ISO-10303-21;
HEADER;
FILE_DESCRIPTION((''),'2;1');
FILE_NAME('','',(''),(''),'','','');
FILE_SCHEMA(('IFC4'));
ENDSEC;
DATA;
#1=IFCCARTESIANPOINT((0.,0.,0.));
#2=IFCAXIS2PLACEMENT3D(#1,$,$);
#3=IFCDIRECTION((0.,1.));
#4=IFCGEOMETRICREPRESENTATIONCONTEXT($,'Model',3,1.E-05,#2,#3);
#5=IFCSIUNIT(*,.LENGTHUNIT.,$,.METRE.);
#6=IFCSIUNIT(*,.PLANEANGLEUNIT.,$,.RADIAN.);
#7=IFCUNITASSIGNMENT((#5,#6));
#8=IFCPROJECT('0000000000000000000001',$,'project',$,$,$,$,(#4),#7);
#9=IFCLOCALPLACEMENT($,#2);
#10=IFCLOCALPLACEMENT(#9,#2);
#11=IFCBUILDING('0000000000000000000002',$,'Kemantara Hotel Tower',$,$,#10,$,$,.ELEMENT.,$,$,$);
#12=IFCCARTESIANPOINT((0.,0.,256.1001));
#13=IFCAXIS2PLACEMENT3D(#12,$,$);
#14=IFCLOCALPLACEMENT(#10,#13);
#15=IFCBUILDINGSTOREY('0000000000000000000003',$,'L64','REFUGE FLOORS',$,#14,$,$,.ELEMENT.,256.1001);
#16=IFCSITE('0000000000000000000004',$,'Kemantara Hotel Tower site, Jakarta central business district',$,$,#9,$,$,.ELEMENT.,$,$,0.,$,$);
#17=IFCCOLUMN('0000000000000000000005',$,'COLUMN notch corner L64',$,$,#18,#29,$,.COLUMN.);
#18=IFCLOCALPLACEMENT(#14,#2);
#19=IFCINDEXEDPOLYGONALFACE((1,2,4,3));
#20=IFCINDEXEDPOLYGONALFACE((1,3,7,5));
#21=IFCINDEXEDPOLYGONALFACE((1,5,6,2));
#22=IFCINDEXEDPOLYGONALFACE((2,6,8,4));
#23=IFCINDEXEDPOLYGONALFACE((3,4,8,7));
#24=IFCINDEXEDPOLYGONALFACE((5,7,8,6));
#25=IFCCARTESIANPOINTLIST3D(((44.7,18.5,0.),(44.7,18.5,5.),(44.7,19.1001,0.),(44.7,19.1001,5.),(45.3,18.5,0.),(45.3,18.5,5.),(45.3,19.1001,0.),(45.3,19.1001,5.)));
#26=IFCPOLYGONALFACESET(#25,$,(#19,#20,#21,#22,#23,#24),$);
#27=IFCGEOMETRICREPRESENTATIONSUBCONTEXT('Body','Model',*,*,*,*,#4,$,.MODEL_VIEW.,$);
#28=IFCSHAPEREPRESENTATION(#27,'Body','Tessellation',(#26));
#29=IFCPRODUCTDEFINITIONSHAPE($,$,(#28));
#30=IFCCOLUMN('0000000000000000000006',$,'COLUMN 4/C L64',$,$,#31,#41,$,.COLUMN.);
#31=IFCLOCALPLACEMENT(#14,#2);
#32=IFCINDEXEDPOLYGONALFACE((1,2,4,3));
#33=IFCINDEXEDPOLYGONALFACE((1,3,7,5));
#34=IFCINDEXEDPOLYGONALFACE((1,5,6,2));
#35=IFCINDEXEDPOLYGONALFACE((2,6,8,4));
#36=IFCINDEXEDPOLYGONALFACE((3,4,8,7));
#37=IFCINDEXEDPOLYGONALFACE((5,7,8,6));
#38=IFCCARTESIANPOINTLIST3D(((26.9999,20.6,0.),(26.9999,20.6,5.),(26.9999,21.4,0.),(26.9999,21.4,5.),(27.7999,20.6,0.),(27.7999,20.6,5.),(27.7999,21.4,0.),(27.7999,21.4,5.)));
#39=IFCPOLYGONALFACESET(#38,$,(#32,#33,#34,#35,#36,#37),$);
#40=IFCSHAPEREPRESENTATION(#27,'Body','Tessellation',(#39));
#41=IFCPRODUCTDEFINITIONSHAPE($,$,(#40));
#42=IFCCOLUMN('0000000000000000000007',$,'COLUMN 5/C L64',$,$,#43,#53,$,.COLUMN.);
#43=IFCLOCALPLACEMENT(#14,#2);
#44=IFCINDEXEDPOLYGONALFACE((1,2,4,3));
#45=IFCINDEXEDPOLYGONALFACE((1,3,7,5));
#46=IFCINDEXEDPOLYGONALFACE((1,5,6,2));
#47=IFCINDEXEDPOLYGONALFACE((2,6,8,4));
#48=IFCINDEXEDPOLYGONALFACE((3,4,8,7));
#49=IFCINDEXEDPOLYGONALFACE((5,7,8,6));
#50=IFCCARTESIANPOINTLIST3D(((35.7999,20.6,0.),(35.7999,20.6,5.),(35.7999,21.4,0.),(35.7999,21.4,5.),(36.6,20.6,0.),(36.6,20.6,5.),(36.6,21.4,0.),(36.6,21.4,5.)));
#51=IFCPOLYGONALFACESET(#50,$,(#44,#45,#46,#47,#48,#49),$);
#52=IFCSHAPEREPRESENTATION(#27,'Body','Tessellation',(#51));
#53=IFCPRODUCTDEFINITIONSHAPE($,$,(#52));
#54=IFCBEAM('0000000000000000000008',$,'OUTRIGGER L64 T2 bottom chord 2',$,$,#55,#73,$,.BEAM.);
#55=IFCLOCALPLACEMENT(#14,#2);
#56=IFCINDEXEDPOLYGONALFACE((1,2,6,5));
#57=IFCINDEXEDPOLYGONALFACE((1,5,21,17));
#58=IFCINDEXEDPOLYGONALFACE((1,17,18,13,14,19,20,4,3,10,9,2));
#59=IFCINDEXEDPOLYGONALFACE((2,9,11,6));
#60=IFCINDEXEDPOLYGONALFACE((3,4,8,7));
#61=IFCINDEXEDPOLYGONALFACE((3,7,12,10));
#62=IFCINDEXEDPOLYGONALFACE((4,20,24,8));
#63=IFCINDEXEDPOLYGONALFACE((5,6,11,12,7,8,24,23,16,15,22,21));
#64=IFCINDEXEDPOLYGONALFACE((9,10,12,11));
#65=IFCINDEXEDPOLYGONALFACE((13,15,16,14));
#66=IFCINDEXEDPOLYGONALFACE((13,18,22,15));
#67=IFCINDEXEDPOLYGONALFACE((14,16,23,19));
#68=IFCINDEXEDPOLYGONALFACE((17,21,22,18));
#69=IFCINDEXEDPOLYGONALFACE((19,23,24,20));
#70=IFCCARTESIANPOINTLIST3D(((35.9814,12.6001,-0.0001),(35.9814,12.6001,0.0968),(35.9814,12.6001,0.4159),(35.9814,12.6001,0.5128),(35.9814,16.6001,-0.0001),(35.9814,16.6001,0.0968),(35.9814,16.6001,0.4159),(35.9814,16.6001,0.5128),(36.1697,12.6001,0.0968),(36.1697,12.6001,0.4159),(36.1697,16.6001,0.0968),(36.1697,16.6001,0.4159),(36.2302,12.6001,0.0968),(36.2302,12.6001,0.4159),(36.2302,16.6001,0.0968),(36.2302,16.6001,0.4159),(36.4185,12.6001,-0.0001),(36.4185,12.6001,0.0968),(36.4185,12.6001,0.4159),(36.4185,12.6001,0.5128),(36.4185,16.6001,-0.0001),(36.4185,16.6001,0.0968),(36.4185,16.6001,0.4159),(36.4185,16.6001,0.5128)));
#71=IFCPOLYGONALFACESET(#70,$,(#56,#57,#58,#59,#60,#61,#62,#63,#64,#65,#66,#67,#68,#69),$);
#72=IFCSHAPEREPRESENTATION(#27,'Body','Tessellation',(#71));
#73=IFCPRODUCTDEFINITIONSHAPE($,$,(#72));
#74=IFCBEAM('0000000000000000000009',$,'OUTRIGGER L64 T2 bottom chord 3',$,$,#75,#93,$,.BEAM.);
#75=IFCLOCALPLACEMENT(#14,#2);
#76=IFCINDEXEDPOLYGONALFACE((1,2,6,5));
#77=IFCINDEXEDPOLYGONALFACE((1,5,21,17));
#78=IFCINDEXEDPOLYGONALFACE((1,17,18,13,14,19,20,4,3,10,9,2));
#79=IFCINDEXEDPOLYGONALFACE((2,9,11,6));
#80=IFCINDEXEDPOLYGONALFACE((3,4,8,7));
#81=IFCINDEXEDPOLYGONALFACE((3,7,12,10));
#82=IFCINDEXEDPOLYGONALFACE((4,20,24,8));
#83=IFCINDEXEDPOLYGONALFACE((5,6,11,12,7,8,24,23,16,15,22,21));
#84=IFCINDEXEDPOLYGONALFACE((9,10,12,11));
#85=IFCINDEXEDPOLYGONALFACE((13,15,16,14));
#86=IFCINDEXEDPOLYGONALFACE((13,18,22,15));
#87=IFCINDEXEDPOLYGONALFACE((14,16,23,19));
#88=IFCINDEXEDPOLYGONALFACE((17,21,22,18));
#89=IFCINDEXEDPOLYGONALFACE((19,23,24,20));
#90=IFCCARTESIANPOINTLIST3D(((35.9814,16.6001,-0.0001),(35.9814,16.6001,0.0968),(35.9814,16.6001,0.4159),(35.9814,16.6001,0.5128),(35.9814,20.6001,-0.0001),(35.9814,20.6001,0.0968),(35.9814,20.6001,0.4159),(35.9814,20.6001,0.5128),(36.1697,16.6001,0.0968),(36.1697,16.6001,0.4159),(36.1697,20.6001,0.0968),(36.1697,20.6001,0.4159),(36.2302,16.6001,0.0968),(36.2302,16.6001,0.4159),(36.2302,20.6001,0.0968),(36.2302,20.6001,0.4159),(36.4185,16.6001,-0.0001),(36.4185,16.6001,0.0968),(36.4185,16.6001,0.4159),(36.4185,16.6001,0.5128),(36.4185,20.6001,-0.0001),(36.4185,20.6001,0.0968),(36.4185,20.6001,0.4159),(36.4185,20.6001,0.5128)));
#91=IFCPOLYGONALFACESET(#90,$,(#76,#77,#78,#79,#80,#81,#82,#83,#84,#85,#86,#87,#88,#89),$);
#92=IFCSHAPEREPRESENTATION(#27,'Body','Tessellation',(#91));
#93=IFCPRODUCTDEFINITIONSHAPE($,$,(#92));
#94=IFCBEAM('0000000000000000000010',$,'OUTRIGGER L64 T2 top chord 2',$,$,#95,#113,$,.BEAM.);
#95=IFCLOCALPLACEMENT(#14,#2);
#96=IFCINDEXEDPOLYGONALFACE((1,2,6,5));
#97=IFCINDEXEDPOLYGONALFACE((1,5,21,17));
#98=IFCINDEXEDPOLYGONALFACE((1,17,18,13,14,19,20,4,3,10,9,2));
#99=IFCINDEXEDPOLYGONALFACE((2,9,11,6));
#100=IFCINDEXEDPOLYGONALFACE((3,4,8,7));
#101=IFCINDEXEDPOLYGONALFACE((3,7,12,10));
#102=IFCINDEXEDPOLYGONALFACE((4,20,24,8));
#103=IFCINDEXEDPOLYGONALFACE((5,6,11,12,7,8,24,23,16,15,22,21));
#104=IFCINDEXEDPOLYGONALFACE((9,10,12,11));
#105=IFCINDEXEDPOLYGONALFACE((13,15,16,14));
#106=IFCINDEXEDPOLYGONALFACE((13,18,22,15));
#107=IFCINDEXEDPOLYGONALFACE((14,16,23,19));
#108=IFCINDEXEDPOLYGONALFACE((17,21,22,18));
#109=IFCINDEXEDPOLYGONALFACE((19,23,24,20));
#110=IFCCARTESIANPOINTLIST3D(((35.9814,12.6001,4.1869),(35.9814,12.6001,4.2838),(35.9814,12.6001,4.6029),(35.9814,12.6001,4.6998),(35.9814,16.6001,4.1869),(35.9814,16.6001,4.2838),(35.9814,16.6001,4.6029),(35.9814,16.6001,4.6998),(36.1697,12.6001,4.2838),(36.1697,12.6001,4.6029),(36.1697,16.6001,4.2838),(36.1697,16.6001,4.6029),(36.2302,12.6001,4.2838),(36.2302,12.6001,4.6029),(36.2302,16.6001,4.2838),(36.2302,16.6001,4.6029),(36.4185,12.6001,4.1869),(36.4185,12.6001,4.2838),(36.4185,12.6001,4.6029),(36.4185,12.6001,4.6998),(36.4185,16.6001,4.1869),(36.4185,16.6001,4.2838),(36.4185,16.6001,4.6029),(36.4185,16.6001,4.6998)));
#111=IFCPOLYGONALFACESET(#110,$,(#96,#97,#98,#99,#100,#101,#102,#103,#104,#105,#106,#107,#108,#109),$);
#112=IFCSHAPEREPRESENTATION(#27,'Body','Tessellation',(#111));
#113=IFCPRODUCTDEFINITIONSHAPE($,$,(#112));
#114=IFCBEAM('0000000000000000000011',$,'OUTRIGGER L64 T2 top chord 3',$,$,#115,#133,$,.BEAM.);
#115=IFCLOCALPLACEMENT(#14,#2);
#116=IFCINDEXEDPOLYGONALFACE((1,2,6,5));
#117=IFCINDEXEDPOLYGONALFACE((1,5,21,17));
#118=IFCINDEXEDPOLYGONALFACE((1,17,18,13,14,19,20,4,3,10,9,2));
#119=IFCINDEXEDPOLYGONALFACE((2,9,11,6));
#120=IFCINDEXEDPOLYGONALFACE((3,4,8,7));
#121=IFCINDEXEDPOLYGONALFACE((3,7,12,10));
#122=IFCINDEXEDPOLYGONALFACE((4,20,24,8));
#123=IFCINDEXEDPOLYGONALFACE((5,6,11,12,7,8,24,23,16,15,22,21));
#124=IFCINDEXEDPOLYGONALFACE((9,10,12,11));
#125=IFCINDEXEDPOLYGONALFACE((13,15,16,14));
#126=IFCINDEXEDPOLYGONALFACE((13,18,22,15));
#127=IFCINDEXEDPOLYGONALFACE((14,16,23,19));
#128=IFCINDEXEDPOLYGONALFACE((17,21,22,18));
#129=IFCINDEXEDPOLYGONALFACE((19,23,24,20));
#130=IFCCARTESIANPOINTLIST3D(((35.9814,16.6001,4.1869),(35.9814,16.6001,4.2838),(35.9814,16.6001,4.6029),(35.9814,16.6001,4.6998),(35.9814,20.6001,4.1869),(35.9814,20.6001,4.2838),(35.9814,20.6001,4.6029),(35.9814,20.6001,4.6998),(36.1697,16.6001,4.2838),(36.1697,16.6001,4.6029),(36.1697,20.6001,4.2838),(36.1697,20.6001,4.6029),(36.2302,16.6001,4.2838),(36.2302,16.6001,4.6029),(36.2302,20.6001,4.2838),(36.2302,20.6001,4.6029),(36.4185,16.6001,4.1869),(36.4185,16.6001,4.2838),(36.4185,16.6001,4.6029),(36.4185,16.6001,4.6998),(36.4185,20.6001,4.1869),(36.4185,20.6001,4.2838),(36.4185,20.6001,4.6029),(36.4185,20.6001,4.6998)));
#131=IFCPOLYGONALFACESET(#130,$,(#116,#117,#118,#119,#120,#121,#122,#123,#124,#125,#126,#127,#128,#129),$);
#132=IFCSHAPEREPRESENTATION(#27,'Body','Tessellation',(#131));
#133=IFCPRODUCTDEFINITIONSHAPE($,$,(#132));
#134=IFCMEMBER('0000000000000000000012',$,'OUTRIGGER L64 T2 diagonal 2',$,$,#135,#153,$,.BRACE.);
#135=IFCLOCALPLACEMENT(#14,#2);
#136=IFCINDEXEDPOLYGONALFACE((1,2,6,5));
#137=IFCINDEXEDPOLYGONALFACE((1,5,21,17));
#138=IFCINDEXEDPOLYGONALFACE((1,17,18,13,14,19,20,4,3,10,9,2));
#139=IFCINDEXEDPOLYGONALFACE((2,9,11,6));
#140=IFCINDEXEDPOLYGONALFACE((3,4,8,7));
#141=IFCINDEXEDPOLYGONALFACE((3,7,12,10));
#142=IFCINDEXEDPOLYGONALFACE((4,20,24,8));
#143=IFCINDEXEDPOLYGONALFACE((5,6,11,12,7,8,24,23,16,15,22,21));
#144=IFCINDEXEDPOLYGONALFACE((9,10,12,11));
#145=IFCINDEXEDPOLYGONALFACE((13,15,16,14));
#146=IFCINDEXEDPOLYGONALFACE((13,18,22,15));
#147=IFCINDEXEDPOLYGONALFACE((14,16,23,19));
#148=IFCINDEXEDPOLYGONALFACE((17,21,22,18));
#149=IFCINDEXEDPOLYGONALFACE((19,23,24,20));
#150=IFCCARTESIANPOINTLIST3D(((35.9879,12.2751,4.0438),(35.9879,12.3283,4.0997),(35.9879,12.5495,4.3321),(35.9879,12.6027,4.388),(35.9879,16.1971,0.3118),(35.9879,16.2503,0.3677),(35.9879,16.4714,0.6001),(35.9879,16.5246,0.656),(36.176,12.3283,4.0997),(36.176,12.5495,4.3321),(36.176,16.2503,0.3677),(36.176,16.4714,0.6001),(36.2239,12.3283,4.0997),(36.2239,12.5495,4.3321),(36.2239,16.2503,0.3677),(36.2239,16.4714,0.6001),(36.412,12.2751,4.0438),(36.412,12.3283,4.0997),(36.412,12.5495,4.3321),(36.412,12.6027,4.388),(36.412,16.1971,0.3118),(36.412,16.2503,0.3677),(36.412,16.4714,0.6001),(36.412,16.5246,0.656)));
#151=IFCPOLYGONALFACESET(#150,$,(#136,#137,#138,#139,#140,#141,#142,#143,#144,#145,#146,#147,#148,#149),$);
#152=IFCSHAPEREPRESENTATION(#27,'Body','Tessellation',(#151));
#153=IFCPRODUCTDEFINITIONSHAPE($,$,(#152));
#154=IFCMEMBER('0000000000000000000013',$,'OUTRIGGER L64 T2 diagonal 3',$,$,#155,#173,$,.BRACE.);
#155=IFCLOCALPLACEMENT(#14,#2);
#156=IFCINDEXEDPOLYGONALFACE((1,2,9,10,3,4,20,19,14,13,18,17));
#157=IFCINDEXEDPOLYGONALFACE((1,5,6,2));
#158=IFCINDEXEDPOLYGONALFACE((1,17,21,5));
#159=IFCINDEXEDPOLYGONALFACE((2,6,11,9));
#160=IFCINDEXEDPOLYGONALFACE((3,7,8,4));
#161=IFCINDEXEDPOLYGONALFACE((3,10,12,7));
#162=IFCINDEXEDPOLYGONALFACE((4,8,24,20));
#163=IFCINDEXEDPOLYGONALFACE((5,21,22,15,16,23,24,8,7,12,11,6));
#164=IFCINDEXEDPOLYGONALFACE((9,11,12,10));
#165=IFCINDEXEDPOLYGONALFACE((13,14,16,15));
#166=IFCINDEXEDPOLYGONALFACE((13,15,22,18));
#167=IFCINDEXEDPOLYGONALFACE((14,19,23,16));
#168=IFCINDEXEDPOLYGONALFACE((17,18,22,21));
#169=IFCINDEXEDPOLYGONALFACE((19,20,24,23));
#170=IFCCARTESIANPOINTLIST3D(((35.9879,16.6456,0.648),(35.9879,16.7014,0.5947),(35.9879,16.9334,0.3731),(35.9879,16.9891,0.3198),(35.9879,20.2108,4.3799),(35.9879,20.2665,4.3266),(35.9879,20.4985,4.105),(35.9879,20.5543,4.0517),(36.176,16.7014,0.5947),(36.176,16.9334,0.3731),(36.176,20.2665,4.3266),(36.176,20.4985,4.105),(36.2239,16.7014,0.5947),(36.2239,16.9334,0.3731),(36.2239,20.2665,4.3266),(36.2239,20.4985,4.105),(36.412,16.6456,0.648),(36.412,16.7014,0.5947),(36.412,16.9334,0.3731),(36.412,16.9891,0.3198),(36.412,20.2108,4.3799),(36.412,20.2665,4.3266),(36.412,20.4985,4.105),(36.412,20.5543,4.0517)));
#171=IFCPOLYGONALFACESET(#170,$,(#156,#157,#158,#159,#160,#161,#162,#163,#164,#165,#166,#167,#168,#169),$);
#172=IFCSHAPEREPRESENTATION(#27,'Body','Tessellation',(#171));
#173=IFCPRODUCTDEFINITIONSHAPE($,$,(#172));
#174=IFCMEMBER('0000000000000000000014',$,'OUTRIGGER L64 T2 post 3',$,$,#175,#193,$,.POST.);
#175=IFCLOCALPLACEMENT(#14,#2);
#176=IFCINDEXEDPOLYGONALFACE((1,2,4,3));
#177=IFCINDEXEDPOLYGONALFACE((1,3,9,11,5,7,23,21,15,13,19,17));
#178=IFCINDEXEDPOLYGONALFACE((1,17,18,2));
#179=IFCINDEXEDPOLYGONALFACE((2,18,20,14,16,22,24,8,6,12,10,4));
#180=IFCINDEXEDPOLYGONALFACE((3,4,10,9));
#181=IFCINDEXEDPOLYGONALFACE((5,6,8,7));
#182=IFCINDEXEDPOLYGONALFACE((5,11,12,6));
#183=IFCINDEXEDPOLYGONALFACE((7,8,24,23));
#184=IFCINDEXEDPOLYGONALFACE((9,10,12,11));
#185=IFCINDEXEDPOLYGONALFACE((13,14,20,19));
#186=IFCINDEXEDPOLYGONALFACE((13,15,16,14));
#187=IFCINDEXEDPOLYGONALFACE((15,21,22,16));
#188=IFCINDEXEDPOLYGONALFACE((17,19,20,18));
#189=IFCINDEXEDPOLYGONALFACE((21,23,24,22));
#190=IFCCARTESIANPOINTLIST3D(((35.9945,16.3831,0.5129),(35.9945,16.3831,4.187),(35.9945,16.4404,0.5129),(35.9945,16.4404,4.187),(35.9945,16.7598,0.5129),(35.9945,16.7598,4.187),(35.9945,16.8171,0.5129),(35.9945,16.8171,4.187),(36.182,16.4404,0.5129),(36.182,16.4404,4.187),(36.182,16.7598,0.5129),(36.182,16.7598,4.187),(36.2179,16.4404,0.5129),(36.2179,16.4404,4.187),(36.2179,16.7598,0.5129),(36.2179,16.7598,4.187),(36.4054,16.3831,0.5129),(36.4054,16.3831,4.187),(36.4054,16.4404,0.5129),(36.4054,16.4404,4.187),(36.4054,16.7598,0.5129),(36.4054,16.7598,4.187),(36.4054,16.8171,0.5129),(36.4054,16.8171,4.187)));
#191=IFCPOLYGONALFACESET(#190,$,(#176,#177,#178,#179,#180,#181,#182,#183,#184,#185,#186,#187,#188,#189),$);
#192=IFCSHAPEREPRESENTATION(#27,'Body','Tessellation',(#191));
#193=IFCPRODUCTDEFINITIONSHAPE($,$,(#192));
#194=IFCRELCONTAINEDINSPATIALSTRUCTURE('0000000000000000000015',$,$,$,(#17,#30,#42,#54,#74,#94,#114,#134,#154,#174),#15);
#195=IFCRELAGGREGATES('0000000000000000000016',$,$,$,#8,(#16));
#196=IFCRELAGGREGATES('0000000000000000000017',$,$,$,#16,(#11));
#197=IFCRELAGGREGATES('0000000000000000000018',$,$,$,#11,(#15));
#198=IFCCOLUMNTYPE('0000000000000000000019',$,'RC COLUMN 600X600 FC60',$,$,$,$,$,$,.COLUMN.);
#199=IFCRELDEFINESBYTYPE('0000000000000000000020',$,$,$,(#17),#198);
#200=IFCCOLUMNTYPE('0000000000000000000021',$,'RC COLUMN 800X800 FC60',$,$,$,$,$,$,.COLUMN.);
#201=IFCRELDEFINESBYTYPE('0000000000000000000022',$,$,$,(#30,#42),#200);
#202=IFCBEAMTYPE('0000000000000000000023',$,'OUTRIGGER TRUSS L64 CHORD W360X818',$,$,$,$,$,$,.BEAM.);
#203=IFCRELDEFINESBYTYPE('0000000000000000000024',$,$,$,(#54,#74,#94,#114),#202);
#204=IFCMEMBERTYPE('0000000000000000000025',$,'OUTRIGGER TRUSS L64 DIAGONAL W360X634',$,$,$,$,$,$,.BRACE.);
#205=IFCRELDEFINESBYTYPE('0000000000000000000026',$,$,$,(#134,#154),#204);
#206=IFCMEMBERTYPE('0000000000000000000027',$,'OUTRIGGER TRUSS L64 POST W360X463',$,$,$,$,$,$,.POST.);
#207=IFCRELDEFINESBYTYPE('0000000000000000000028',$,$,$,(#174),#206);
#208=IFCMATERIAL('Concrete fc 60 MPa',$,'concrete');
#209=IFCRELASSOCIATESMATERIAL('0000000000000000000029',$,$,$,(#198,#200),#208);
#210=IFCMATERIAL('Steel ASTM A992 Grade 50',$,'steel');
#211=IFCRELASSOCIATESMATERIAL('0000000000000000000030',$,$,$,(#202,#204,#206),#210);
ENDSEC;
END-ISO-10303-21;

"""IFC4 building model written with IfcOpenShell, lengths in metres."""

from ifc_helpers import new_model, si_unit, direction, frame, origin, origin_2d, place, context, subcontext, project, spatial, rectangle, i_section, extrude, material, material_profile, profile_set, type_object, element, save


model = new_model("IFC4")

# Units and contexts
model_context = context("Model", 3, precision=1e-05, world=origin(), true_north=direction((0.0, 1.0)))
body_context = subcontext(model_context, "Body", "Model", "MODEL_VIEW")
ifc_project = project(units=[si_unit("LENGTHUNIT", "METRE"), si_unit("PLANEANGLEUNIT", "RADIAN")], contexts=[model_context])

# Site, building, storey
site_placement = place(None, origin())
site = spatial("IfcSite", under=ifc_project, at=site_placement, Name="Kemantara Hotel Tower site, Jakarta central business district", CompositionType="ELEMENT", RefElevation=0.0)
building_placement = place(site_placement, origin())
building = spatial("IfcBuilding", under=site, at=building_placement, Name="Kemantara Hotel Tower", CompositionType="ELEMENT")
storey_placement = place(building_placement, frame((0.0, 0.0, 256.1001)))
storey = spatial("IfcBuildingStorey", under=building, at=storey_placement, Name="L64", Description="REFUGE FLOORS", CompositionType="ELEMENT", Elevation=256.1001)

# Columns
ifc_material_1 = material(Name="Concrete fc 60 MPa", Category="concrete")
ifc_material_profile_1 = material_profile(ifc_material_1, rectangle(XDim=0.6001, YDim=0.6001, at=origin_2d()), Name="RC 600X600")
ifc_profile_set_1 = profile_set([ifc_material_profile_1], Name="Concrete fc 60 MPa")
column_type_1 = type_object("IfcColumnType", Name="RC COLUMN 600X600 FC60", PredefinedType="COLUMN", material=ifc_profile_set_1)
column_placement = place(storey_placement, frame((45.0, 18.8, 0.0), z_axis=(0.0, 0.0, 1.0), x_axis=(1.0, 0.0, 0.0)))
element("IfcColumn", 1, at=column_placement, inside=storey, type_object=column_type_1, Name="COLUMN notch corner L64", PredefinedType="COLUMN", context=body_context, shape_type="SweptSolid", body=[
    extrude(rectangle(XDim=0.6001, YDim=0.6001, at=origin_2d()), origin(), (0.0, 0.0, 1.0), 5.0),
])
ifc_material_profile_2 = material_profile(ifc_material_1, rectangle(XDim=0.8, YDim=0.8, at=origin_2d()), Name="RC 800X800")
ifc_profile_set_2 = profile_set([ifc_material_profile_2], Name="Concrete fc 60 MPa")
column_type_2 = type_object("IfcColumnType", Name="RC COLUMN 800X800 FC60", PredefinedType="COLUMN", material=ifc_profile_set_2)
for number, where, z_axis, x_axis, name in (
    (2, (27.3999, 21.0, 0.0), (0.0, 0.0, 1.0), (1.0, 0.0, 0.0), "COLUMN 4/C L64"),
    (3, (36.2, 21.0, 0.0), (0.0, 0.0, 1.0), (1.0, 0.0, 0.0), "COLUMN 5/C L64"),
):
    element("IfcColumn", number, at=place(storey_placement, frame(where, z_axis=z_axis, x_axis=x_axis)), inside=storey, type_object=column_type_2, Name=name, PredefinedType="COLUMN", context=body_context, shape_type="SweptSolid", body=[
        extrude(rectangle(XDim=0.8, YDim=0.8, at=origin_2d()), origin(), (0.0, 0.0, 1.0), 5.0),
    ])

# Beams
ifc_material_2 = material(Name="Steel ASTM A992 Grade 50", Category="steel")
ifc_material_profile_3 = material_profile(ifc_material_2, i_section(OverallWidth=0.437, OverallDepth=0.5129, WebThickness=0.0605, FlangeThickness=0.0969, at=origin_2d()), Name="W360X818")
ifc_profile_set_3 = profile_set([ifc_material_profile_3], Name="Steel ASTM A992 Grade 50")
beam_type = type_object("IfcBeamType", Name="OUTRIGGER TRUSS L64 CHORD W360X818", PredefinedType="BEAM", material=ifc_profile_set_3)
for number, where, z_axis, x_axis, name in (
    (4, (36.2, 12.6001, 0.2563), (0.0, 1.0, 0.0), (-1.0, 0.0, 0.0), "OUTRIGGER L64 T2 bottom chord 2"),
    (5, (36.2, 16.6001, 0.2563), (0.0, 1.0, 0.0), (-1.0, 0.0, 0.0), "OUTRIGGER L64 T2 bottom chord 3"),
    (6, (36.2, 12.6001, 4.4434), (0.0, 1.0, 0.0), (-1.0, 0.0, 0.0), "OUTRIGGER L64 T2 top chord 2"),
    (7, (36.2, 16.6001, 4.4434), (0.0, 1.0, 0.0), (-1.0, 0.0, 0.0), "OUTRIGGER L64 T2 top chord 3"),
):
    element("IfcBeam", number, at=place(storey_placement, frame(where, z_axis=z_axis, x_axis=x_axis)), inside=storey, type_object=beam_type, Name=name, PredefinedType="BEAM", context=body_context, shape_type="SweptSolid", body=[
        extrude(i_section(OverallWidth=0.437, OverallDepth=0.5129, WebThickness=0.0605, FlangeThickness=0.0969, at=origin_2d()), origin(), (0.0, 0.0, 1.0), 4.0),
    ])

# Members
ifc_material_profile_4 = material_profile(ifc_material_2, i_section(OverallWidth=0.4241, OverallDepth=0.4751, WebThickness=0.0479, FlangeThickness=0.0771, at=origin_2d()), Name="W360X634")
ifc_profile_set_4 = profile_set([ifc_material_profile_4], Name="Steel ASTM A992 Grade 50")
member_type_1 = type_object("IfcMemberType", Name="OUTRIGGER TRUSS L64 DIAGONAL W360X634", PredefinedType="BRACE", material=ifc_profile_set_4)
member_1_placement = place(storey_placement, frame((36.2, 16.3608, 0.4839), z_axis=(0.0, -0.724432, 0.689347), x_axis=(1.0, 0.0, 0.0)))
element("IfcMember", 8, at=member_1_placement, inside=storey, type_object=member_type_1, Name="OUTRIGGER L64 T2 diagonal 2", PredefinedType="BRACE", context=body_context, shape_type="SweptSolid", body=[
    extrude(i_section(OverallWidth=0.4241, OverallDepth=0.4751, WebThickness=0.0479, FlangeThickness=0.0771, at=origin_2d()), origin(), (0.0, 0.0, 1.0), 5.4138),
])
member_2_placement = place(storey_placement, frame((36.2, 16.8174, 0.4839), z_axis=(0.0, 0.690768, 0.723076), x_axis=(-1.0, 0.0, 0.0)))
element("IfcMember", 9, at=member_2_placement, inside=storey, type_object=member_type_1, Name="OUTRIGGER L64 T2 diagonal 3", PredefinedType="BRACE", context=body_context, shape_type="SweptSolid", body=[
    extrude(i_section(OverallWidth=0.4241, OverallDepth=0.4751, WebThickness=0.0479, FlangeThickness=0.0771, at=origin_2d()), origin(), (0.0, 0.0, 1.0), 5.1611),
])
ifc_material_profile_5 = material_profile(ifc_material_2, i_section(OverallWidth=0.4109, OverallDepth=0.4341, WebThickness=0.0359, FlangeThickness=0.0574, at=origin_2d()), Name="W360X463")
ifc_profile_set_5 = profile_set([ifc_material_profile_5], Name="Steel ASTM A992 Grade 50")
member_type_2 = type_object("IfcMemberType", Name="OUTRIGGER TRUSS L64 POST W360X463", PredefinedType="POST", material=ifc_profile_set_5)
member_3_placement = place(storey_placement, frame((36.2, 16.6001, 0.5129), z_axis=(0.0, 0.0, 1.0), x_axis=(1.0, 0.0, 0.0)))
element("IfcMember", 10, at=member_3_placement, inside=storey, type_object=member_type_2, Name="OUTRIGGER L64 T2 post 3", PredefinedType="POST", context=body_context, shape_type="SweptSolid", body=[
    extrude(i_section(OverallWidth=0.4109, OverallDepth=0.4341, WebThickness=0.0359, FlangeThickness=0.0574, at=origin_2d()), origin(), (0.0, 0.0, 1.0), 3.6741),
])

save(model, "model.ifc")
